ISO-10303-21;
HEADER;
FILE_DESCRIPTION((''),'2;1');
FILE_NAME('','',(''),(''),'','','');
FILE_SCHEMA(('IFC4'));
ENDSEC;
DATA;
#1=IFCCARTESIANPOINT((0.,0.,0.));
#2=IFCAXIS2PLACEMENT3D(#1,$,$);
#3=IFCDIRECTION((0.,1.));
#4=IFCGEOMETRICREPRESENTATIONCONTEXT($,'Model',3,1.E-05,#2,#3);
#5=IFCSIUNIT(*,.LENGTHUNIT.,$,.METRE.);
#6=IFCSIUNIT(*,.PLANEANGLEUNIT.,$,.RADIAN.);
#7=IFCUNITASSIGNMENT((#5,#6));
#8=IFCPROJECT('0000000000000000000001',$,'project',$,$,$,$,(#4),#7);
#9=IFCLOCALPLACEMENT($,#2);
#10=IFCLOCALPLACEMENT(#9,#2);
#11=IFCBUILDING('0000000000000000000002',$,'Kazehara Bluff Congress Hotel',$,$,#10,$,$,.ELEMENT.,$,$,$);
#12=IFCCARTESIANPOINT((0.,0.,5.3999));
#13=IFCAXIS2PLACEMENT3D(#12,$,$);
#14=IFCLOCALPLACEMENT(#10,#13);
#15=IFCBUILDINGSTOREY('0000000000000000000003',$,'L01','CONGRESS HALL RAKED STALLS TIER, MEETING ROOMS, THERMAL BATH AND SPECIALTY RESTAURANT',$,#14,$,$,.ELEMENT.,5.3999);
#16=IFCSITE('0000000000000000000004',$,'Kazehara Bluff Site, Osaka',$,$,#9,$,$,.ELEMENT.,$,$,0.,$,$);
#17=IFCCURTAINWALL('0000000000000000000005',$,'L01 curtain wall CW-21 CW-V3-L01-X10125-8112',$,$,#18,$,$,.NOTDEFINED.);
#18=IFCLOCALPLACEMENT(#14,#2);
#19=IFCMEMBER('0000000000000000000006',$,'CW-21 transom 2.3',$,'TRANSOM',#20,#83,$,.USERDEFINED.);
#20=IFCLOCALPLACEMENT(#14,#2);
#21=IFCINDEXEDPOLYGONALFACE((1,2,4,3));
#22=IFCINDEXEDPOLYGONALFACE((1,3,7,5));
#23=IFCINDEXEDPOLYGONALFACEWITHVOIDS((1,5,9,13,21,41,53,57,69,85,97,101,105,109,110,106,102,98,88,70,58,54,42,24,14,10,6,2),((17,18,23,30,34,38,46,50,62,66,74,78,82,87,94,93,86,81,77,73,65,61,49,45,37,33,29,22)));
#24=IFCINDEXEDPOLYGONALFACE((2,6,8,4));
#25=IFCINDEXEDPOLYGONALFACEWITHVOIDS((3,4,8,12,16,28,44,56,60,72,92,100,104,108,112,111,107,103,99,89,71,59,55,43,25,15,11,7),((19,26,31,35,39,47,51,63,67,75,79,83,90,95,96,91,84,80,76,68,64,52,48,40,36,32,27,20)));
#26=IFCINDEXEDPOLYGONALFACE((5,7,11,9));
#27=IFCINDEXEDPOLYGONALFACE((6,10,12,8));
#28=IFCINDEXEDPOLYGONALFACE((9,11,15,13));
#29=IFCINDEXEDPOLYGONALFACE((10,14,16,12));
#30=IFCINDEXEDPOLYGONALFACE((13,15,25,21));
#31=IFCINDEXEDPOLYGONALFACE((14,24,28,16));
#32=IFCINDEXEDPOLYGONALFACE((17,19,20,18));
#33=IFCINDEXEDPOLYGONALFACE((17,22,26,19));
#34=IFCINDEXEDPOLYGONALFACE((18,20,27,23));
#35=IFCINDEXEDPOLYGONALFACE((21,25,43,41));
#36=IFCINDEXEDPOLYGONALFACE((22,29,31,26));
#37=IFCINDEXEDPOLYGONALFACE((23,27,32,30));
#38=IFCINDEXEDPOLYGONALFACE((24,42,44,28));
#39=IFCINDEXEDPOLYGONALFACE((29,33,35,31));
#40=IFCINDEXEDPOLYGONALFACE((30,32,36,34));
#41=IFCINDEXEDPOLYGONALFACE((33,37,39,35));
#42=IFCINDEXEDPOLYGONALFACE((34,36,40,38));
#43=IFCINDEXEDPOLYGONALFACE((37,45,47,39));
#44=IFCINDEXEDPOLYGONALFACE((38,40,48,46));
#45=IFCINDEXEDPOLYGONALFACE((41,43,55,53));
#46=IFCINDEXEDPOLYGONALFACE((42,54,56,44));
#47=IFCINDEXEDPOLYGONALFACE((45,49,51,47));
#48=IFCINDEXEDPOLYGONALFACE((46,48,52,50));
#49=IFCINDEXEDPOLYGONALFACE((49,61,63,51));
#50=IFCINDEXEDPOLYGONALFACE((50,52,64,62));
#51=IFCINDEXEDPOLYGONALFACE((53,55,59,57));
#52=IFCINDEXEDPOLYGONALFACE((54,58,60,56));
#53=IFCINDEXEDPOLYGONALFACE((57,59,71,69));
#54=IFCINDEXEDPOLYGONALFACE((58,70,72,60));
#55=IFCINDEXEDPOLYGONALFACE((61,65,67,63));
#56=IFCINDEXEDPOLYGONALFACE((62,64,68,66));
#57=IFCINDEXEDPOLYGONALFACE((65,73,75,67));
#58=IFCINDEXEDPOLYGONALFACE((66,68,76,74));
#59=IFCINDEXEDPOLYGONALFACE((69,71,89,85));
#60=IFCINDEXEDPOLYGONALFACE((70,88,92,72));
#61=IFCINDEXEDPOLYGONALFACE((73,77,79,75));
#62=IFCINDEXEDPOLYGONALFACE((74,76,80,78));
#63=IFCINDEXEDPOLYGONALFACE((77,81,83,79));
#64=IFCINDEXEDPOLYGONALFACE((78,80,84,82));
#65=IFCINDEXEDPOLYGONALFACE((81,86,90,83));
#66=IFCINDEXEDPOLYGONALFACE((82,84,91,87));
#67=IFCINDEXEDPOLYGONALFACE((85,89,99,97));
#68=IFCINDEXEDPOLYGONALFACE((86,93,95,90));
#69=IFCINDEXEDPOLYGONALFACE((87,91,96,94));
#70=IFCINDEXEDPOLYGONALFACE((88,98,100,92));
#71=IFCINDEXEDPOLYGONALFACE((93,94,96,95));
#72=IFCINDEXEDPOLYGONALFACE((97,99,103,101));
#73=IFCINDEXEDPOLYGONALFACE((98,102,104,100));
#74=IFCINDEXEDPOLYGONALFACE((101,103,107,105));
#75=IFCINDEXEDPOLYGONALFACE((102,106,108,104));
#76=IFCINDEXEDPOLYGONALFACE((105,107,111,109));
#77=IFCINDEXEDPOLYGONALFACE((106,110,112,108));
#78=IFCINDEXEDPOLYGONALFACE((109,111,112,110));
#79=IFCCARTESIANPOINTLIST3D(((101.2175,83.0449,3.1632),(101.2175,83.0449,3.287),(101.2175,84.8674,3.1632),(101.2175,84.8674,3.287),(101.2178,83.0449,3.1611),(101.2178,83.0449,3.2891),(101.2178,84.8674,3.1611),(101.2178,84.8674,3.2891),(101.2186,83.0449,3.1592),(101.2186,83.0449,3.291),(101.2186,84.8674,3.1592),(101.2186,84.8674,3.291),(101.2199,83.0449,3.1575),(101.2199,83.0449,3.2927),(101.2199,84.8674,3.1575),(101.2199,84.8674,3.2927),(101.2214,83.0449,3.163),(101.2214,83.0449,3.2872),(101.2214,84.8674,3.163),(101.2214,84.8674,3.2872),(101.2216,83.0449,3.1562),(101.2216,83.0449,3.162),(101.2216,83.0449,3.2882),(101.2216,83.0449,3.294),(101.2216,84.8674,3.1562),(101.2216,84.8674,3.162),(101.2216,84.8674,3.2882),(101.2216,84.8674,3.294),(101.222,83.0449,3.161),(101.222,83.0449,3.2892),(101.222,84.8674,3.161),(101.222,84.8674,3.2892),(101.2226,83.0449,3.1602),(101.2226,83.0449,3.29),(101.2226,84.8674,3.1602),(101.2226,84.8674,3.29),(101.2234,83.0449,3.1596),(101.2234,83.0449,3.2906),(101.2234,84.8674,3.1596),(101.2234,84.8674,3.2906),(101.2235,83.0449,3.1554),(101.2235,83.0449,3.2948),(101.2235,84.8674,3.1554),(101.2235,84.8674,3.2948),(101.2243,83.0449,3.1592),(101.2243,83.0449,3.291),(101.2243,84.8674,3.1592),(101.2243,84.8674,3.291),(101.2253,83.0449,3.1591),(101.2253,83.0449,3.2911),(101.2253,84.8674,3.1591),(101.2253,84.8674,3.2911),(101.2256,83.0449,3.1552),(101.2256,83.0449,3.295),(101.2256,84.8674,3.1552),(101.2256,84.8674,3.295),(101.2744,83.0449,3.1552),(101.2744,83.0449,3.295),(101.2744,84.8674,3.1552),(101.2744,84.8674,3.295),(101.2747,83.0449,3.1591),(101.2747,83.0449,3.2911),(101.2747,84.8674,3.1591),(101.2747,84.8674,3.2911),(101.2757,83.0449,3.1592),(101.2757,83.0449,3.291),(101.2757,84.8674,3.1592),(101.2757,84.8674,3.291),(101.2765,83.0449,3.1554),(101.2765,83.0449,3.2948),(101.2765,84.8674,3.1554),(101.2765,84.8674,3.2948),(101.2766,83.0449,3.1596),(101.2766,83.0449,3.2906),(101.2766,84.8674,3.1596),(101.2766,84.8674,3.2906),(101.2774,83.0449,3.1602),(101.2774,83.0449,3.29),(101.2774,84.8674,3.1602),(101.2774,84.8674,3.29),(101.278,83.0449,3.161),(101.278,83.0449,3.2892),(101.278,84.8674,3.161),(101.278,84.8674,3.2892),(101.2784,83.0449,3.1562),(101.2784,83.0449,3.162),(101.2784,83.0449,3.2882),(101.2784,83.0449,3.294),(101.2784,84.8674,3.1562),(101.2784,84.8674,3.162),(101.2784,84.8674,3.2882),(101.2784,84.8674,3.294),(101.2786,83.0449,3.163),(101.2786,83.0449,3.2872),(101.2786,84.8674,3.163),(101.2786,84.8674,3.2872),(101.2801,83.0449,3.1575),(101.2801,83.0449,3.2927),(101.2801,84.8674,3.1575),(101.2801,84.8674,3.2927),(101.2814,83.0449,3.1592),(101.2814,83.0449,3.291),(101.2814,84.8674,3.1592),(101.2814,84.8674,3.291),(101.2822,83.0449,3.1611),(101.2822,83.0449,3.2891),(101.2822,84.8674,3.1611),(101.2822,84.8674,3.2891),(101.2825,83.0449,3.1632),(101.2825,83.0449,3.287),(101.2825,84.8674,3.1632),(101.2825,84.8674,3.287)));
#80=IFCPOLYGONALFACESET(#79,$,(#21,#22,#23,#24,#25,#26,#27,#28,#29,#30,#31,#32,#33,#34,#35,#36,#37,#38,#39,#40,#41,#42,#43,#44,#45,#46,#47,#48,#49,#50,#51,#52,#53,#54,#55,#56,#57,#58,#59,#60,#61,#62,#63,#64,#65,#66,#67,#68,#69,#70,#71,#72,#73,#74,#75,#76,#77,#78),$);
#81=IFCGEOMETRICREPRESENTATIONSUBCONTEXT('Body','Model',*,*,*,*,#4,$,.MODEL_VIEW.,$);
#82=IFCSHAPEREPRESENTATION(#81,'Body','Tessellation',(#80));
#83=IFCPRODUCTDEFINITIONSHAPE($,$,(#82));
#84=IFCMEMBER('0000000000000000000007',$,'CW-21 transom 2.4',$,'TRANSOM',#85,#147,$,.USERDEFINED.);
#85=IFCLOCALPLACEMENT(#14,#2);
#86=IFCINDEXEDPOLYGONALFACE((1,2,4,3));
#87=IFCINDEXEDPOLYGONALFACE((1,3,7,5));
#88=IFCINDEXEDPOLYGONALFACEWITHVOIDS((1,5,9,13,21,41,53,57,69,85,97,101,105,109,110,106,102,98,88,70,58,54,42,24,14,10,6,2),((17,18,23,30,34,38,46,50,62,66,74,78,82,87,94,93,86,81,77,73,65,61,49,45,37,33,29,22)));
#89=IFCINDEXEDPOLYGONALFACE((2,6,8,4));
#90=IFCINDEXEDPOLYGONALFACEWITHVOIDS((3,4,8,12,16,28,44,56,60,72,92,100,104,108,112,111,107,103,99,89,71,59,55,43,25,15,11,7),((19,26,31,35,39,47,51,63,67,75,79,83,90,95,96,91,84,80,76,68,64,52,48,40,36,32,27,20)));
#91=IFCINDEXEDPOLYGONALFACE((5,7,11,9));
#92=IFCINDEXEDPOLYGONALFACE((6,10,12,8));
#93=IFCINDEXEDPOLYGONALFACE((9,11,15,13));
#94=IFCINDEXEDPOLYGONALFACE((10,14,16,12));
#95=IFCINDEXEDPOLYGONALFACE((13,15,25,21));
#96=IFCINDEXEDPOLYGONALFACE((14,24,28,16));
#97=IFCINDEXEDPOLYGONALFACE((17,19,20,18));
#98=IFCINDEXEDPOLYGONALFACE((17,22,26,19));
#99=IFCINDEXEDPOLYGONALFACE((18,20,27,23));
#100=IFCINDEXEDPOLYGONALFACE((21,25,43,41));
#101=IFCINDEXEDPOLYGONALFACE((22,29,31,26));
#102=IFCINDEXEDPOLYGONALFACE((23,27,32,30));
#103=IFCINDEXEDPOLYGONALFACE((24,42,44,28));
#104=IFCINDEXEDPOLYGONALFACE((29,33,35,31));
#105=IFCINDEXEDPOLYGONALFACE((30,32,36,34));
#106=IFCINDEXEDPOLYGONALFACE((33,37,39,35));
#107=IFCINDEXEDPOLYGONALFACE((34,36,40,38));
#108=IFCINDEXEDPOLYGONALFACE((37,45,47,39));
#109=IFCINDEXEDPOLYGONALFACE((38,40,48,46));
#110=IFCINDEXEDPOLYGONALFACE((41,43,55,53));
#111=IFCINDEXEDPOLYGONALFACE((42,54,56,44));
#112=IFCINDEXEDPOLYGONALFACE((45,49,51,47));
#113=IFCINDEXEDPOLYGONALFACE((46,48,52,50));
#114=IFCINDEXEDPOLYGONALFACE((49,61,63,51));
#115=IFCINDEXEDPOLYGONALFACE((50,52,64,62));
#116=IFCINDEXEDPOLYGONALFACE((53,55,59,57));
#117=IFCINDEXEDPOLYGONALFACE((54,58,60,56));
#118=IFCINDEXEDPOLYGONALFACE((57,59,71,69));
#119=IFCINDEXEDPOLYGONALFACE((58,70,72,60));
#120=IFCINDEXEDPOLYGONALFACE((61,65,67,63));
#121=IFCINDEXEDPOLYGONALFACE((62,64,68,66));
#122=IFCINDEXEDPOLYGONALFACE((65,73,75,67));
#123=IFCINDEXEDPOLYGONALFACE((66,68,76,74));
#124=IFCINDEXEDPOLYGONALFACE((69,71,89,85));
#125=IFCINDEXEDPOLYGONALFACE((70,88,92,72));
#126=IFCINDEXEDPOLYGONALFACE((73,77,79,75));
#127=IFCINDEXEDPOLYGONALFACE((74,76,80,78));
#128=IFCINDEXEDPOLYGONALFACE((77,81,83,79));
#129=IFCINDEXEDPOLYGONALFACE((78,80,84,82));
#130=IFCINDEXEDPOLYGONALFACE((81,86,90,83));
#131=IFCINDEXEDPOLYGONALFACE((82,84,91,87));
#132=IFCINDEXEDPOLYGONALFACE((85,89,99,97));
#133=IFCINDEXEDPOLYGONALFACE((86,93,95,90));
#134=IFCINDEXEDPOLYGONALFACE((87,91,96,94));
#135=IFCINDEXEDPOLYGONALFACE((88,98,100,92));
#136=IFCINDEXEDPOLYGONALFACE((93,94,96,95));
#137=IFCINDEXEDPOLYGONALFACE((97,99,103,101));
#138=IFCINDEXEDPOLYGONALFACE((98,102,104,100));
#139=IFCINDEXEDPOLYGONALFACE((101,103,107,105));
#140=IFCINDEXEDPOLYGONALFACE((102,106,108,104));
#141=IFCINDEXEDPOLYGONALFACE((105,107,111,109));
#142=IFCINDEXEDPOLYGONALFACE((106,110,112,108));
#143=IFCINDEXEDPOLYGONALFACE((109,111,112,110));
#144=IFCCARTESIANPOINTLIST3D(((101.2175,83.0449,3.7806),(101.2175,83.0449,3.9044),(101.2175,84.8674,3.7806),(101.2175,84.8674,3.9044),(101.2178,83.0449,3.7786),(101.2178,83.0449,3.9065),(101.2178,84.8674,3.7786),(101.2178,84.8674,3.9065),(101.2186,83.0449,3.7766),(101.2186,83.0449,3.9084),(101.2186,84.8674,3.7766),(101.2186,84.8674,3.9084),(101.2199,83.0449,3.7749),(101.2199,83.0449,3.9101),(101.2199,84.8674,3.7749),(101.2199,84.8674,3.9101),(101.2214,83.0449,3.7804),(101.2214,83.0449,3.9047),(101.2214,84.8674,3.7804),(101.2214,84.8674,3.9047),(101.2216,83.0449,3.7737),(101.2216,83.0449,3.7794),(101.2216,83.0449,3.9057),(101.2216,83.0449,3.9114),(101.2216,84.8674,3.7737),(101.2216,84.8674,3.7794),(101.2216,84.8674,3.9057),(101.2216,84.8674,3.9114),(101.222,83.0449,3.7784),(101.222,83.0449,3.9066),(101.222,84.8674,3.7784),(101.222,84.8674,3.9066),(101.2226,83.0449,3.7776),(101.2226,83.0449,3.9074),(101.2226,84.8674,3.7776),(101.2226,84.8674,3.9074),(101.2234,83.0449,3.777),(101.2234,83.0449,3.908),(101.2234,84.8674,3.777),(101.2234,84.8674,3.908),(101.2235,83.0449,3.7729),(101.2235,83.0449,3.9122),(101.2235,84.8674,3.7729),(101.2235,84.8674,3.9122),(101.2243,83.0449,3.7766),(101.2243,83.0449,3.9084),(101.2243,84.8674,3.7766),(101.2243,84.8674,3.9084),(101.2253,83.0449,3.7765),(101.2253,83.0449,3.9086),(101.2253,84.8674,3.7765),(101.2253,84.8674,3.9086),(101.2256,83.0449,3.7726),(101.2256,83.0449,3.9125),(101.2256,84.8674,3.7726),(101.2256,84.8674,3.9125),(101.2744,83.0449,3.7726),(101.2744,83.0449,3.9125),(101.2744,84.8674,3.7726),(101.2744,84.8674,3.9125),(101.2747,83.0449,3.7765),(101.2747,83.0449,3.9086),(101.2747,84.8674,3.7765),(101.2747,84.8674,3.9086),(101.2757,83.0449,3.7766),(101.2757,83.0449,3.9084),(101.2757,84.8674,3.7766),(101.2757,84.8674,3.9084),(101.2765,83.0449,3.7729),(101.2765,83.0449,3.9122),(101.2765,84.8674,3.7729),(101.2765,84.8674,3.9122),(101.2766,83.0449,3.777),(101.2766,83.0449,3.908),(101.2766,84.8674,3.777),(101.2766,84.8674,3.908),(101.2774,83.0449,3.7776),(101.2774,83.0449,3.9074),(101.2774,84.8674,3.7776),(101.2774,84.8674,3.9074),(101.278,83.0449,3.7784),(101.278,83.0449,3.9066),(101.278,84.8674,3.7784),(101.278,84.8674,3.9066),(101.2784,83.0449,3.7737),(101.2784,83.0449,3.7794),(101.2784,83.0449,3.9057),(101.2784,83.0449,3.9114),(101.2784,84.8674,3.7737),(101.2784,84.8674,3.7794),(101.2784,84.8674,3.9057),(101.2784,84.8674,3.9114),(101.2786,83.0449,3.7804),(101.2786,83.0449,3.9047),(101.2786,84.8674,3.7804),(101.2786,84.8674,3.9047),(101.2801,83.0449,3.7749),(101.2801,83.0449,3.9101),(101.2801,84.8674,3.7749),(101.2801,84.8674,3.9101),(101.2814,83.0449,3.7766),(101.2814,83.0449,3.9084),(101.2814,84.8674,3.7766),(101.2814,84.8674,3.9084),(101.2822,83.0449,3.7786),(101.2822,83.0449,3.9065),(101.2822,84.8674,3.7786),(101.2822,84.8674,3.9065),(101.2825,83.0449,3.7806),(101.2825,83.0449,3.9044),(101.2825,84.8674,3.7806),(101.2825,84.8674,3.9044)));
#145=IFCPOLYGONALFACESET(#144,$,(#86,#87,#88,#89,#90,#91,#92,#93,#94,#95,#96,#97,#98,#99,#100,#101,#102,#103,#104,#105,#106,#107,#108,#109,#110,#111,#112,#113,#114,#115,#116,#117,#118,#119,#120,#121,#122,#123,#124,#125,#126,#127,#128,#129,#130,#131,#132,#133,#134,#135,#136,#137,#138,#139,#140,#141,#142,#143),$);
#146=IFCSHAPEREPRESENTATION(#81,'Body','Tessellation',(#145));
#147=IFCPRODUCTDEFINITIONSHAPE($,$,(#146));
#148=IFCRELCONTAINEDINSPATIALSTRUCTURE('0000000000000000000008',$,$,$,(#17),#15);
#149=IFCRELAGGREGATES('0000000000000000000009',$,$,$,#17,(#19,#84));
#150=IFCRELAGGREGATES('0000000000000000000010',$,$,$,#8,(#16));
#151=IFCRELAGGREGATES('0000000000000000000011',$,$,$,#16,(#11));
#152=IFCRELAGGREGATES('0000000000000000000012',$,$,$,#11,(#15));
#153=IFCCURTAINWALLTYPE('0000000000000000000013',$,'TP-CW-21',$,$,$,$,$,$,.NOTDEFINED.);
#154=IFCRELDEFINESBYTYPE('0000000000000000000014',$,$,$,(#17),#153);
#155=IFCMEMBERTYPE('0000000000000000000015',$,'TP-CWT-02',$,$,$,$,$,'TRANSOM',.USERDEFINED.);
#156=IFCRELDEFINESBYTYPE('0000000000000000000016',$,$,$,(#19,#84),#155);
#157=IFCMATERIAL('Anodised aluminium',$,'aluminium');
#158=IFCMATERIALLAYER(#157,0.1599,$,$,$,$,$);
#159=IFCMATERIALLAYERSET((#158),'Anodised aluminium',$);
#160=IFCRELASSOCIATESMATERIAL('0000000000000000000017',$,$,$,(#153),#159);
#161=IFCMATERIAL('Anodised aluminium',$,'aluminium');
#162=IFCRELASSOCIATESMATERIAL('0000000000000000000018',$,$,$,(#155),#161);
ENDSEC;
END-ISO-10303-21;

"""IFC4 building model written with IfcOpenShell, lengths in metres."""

from ifc_helpers import new_model, si_unit, direction, frame, origin, origin_2d, place, context, subcontext, project, spatial, hollow_rectangle, extrude, material, layer, layer_set, material_profile, profile_set, type_object, element, aggregate, save


model = new_model("IFC4")

# Units and contexts
model_context = context("Model", 3, precision=1e-05, world=origin(), true_north=direction((0.0, 1.0)))
body_context = subcontext(model_context, "Body", "Model", "MODEL_VIEW")
ifc_project = project(units=[si_unit("LENGTHUNIT", "METRE"), si_unit("PLANEANGLEUNIT", "RADIAN")], contexts=[model_context])

# Site, building, storey
site_placement = place(None, origin())
site = spatial("IfcSite", under=ifc_project, at=site_placement, Name="Kazehara Bluff Site, Osaka", CompositionType="ELEMENT", RefElevation=0.0)
building_placement = place(site_placement, origin())
building = spatial("IfcBuilding", under=site, at=building_placement, Name="Kazehara Bluff Congress Hotel", CompositionType="ELEMENT")
storey_placement = place(building_placement, frame((0.0, 0.0, 5.3999)))
storey = spatial("IfcBuildingStorey", under=building, at=storey_placement, Name="L01", Description="CONGRESS HALL RAKED STALLS TIER, MEETING ROOMS, THERMAL BATH AND SPECIALTY RESTAURANT", CompositionType="ELEMENT", Elevation=5.3999)

# Curtain wall, members
ifc_material_1 = material(Name="Anodised aluminium", Category="aluminium")
ifc_layer_1 = layer(ifc_material_1, 0.1599)
ifc_layer_set_1 = layer_set([ifc_layer_1], Name="Anodised aluminium")
curtain_wall_type = type_object("IfcCurtainWallType", Name="TP-CW-21", PredefinedType="NOTDEFINED", material=ifc_layer_set_1)
curtain_wall_placement = place(storey_placement, origin())
curtain_wall = element("IfcCurtainWall", 1, at=curtain_wall_placement, inside=storey, type_object=curtain_wall_type, Name="L01 curtain wall CW-21 CW-V3-L01-X10125-8112", PredefinedType="NOTDEFINED")
ifc_material_2 = material(Name="Anodised aluminium", Category="aluminium")
ifc_material_profile_1 = material_profile(ifc_material_2, hollow_rectangle(XDim=0.0649, YDim=0.1399, WallThickness=0.0039, InnerFilletRadius=0.0039, OuterFilletRadius=0.0081, at=origin_2d()))
ifc_profile_set_1 = profile_set([ifc_material_profile_1], Name="Anodised aluminium")
member_type_1 = type_object("IfcMemberType", Name="TP-CWT-02", ElementType="TRANSOM", PredefinedType="USERDEFINED", material=ifc_profile_set_1)
member_1_placement = place(storey_placement, frame((101.25, 83.0449, 3.2251), z_axis=(0.0, 1.0, 0.0), x_axis=(-1.0, 0.0, 0.0)))
member_1 = element("IfcMember", 2, at=member_1_placement, type_object=member_type_1, Name="CW-21 transom 2.3", ObjectType="TRANSOM", PredefinedType="USERDEFINED", context=body_context, shape_type="SweptSolid", body=[
    extrude(hollow_rectangle(XDim=0.0649, YDim=0.1399, WallThickness=0.0039, InnerFilletRadius=0.0039, OuterFilletRadius=0.0081, at=origin_2d()), origin(), (0.0, 0.0, 1.0), 1.8225),
])
member_2_placement = place(storey_placement, frame((101.25, 83.0449, 3.8425), z_axis=(0.0, 1.0, 0.0), x_axis=(-1.0, 0.0, 0.0)))
member_2 = element("IfcMember", 3, at=member_2_placement, type_object=member_type_1, Name="CW-21 transom 2.4", ObjectType="TRANSOM", PredefinedType="USERDEFINED", context=body_context, shape_type="SweptSolid", body=[
    extrude(hollow_rectangle(XDim=0.0649, YDim=0.1399, WallThickness=0.0039, InnerFilletRadius=0.0039, OuterFilletRadius=0.0081, at=origin_2d()), origin(), (0.0, 0.0, 1.0), 1.8225),
])

aggregate(curtain_wall, [member_1, member_2])

save(model, "model.ifc")
